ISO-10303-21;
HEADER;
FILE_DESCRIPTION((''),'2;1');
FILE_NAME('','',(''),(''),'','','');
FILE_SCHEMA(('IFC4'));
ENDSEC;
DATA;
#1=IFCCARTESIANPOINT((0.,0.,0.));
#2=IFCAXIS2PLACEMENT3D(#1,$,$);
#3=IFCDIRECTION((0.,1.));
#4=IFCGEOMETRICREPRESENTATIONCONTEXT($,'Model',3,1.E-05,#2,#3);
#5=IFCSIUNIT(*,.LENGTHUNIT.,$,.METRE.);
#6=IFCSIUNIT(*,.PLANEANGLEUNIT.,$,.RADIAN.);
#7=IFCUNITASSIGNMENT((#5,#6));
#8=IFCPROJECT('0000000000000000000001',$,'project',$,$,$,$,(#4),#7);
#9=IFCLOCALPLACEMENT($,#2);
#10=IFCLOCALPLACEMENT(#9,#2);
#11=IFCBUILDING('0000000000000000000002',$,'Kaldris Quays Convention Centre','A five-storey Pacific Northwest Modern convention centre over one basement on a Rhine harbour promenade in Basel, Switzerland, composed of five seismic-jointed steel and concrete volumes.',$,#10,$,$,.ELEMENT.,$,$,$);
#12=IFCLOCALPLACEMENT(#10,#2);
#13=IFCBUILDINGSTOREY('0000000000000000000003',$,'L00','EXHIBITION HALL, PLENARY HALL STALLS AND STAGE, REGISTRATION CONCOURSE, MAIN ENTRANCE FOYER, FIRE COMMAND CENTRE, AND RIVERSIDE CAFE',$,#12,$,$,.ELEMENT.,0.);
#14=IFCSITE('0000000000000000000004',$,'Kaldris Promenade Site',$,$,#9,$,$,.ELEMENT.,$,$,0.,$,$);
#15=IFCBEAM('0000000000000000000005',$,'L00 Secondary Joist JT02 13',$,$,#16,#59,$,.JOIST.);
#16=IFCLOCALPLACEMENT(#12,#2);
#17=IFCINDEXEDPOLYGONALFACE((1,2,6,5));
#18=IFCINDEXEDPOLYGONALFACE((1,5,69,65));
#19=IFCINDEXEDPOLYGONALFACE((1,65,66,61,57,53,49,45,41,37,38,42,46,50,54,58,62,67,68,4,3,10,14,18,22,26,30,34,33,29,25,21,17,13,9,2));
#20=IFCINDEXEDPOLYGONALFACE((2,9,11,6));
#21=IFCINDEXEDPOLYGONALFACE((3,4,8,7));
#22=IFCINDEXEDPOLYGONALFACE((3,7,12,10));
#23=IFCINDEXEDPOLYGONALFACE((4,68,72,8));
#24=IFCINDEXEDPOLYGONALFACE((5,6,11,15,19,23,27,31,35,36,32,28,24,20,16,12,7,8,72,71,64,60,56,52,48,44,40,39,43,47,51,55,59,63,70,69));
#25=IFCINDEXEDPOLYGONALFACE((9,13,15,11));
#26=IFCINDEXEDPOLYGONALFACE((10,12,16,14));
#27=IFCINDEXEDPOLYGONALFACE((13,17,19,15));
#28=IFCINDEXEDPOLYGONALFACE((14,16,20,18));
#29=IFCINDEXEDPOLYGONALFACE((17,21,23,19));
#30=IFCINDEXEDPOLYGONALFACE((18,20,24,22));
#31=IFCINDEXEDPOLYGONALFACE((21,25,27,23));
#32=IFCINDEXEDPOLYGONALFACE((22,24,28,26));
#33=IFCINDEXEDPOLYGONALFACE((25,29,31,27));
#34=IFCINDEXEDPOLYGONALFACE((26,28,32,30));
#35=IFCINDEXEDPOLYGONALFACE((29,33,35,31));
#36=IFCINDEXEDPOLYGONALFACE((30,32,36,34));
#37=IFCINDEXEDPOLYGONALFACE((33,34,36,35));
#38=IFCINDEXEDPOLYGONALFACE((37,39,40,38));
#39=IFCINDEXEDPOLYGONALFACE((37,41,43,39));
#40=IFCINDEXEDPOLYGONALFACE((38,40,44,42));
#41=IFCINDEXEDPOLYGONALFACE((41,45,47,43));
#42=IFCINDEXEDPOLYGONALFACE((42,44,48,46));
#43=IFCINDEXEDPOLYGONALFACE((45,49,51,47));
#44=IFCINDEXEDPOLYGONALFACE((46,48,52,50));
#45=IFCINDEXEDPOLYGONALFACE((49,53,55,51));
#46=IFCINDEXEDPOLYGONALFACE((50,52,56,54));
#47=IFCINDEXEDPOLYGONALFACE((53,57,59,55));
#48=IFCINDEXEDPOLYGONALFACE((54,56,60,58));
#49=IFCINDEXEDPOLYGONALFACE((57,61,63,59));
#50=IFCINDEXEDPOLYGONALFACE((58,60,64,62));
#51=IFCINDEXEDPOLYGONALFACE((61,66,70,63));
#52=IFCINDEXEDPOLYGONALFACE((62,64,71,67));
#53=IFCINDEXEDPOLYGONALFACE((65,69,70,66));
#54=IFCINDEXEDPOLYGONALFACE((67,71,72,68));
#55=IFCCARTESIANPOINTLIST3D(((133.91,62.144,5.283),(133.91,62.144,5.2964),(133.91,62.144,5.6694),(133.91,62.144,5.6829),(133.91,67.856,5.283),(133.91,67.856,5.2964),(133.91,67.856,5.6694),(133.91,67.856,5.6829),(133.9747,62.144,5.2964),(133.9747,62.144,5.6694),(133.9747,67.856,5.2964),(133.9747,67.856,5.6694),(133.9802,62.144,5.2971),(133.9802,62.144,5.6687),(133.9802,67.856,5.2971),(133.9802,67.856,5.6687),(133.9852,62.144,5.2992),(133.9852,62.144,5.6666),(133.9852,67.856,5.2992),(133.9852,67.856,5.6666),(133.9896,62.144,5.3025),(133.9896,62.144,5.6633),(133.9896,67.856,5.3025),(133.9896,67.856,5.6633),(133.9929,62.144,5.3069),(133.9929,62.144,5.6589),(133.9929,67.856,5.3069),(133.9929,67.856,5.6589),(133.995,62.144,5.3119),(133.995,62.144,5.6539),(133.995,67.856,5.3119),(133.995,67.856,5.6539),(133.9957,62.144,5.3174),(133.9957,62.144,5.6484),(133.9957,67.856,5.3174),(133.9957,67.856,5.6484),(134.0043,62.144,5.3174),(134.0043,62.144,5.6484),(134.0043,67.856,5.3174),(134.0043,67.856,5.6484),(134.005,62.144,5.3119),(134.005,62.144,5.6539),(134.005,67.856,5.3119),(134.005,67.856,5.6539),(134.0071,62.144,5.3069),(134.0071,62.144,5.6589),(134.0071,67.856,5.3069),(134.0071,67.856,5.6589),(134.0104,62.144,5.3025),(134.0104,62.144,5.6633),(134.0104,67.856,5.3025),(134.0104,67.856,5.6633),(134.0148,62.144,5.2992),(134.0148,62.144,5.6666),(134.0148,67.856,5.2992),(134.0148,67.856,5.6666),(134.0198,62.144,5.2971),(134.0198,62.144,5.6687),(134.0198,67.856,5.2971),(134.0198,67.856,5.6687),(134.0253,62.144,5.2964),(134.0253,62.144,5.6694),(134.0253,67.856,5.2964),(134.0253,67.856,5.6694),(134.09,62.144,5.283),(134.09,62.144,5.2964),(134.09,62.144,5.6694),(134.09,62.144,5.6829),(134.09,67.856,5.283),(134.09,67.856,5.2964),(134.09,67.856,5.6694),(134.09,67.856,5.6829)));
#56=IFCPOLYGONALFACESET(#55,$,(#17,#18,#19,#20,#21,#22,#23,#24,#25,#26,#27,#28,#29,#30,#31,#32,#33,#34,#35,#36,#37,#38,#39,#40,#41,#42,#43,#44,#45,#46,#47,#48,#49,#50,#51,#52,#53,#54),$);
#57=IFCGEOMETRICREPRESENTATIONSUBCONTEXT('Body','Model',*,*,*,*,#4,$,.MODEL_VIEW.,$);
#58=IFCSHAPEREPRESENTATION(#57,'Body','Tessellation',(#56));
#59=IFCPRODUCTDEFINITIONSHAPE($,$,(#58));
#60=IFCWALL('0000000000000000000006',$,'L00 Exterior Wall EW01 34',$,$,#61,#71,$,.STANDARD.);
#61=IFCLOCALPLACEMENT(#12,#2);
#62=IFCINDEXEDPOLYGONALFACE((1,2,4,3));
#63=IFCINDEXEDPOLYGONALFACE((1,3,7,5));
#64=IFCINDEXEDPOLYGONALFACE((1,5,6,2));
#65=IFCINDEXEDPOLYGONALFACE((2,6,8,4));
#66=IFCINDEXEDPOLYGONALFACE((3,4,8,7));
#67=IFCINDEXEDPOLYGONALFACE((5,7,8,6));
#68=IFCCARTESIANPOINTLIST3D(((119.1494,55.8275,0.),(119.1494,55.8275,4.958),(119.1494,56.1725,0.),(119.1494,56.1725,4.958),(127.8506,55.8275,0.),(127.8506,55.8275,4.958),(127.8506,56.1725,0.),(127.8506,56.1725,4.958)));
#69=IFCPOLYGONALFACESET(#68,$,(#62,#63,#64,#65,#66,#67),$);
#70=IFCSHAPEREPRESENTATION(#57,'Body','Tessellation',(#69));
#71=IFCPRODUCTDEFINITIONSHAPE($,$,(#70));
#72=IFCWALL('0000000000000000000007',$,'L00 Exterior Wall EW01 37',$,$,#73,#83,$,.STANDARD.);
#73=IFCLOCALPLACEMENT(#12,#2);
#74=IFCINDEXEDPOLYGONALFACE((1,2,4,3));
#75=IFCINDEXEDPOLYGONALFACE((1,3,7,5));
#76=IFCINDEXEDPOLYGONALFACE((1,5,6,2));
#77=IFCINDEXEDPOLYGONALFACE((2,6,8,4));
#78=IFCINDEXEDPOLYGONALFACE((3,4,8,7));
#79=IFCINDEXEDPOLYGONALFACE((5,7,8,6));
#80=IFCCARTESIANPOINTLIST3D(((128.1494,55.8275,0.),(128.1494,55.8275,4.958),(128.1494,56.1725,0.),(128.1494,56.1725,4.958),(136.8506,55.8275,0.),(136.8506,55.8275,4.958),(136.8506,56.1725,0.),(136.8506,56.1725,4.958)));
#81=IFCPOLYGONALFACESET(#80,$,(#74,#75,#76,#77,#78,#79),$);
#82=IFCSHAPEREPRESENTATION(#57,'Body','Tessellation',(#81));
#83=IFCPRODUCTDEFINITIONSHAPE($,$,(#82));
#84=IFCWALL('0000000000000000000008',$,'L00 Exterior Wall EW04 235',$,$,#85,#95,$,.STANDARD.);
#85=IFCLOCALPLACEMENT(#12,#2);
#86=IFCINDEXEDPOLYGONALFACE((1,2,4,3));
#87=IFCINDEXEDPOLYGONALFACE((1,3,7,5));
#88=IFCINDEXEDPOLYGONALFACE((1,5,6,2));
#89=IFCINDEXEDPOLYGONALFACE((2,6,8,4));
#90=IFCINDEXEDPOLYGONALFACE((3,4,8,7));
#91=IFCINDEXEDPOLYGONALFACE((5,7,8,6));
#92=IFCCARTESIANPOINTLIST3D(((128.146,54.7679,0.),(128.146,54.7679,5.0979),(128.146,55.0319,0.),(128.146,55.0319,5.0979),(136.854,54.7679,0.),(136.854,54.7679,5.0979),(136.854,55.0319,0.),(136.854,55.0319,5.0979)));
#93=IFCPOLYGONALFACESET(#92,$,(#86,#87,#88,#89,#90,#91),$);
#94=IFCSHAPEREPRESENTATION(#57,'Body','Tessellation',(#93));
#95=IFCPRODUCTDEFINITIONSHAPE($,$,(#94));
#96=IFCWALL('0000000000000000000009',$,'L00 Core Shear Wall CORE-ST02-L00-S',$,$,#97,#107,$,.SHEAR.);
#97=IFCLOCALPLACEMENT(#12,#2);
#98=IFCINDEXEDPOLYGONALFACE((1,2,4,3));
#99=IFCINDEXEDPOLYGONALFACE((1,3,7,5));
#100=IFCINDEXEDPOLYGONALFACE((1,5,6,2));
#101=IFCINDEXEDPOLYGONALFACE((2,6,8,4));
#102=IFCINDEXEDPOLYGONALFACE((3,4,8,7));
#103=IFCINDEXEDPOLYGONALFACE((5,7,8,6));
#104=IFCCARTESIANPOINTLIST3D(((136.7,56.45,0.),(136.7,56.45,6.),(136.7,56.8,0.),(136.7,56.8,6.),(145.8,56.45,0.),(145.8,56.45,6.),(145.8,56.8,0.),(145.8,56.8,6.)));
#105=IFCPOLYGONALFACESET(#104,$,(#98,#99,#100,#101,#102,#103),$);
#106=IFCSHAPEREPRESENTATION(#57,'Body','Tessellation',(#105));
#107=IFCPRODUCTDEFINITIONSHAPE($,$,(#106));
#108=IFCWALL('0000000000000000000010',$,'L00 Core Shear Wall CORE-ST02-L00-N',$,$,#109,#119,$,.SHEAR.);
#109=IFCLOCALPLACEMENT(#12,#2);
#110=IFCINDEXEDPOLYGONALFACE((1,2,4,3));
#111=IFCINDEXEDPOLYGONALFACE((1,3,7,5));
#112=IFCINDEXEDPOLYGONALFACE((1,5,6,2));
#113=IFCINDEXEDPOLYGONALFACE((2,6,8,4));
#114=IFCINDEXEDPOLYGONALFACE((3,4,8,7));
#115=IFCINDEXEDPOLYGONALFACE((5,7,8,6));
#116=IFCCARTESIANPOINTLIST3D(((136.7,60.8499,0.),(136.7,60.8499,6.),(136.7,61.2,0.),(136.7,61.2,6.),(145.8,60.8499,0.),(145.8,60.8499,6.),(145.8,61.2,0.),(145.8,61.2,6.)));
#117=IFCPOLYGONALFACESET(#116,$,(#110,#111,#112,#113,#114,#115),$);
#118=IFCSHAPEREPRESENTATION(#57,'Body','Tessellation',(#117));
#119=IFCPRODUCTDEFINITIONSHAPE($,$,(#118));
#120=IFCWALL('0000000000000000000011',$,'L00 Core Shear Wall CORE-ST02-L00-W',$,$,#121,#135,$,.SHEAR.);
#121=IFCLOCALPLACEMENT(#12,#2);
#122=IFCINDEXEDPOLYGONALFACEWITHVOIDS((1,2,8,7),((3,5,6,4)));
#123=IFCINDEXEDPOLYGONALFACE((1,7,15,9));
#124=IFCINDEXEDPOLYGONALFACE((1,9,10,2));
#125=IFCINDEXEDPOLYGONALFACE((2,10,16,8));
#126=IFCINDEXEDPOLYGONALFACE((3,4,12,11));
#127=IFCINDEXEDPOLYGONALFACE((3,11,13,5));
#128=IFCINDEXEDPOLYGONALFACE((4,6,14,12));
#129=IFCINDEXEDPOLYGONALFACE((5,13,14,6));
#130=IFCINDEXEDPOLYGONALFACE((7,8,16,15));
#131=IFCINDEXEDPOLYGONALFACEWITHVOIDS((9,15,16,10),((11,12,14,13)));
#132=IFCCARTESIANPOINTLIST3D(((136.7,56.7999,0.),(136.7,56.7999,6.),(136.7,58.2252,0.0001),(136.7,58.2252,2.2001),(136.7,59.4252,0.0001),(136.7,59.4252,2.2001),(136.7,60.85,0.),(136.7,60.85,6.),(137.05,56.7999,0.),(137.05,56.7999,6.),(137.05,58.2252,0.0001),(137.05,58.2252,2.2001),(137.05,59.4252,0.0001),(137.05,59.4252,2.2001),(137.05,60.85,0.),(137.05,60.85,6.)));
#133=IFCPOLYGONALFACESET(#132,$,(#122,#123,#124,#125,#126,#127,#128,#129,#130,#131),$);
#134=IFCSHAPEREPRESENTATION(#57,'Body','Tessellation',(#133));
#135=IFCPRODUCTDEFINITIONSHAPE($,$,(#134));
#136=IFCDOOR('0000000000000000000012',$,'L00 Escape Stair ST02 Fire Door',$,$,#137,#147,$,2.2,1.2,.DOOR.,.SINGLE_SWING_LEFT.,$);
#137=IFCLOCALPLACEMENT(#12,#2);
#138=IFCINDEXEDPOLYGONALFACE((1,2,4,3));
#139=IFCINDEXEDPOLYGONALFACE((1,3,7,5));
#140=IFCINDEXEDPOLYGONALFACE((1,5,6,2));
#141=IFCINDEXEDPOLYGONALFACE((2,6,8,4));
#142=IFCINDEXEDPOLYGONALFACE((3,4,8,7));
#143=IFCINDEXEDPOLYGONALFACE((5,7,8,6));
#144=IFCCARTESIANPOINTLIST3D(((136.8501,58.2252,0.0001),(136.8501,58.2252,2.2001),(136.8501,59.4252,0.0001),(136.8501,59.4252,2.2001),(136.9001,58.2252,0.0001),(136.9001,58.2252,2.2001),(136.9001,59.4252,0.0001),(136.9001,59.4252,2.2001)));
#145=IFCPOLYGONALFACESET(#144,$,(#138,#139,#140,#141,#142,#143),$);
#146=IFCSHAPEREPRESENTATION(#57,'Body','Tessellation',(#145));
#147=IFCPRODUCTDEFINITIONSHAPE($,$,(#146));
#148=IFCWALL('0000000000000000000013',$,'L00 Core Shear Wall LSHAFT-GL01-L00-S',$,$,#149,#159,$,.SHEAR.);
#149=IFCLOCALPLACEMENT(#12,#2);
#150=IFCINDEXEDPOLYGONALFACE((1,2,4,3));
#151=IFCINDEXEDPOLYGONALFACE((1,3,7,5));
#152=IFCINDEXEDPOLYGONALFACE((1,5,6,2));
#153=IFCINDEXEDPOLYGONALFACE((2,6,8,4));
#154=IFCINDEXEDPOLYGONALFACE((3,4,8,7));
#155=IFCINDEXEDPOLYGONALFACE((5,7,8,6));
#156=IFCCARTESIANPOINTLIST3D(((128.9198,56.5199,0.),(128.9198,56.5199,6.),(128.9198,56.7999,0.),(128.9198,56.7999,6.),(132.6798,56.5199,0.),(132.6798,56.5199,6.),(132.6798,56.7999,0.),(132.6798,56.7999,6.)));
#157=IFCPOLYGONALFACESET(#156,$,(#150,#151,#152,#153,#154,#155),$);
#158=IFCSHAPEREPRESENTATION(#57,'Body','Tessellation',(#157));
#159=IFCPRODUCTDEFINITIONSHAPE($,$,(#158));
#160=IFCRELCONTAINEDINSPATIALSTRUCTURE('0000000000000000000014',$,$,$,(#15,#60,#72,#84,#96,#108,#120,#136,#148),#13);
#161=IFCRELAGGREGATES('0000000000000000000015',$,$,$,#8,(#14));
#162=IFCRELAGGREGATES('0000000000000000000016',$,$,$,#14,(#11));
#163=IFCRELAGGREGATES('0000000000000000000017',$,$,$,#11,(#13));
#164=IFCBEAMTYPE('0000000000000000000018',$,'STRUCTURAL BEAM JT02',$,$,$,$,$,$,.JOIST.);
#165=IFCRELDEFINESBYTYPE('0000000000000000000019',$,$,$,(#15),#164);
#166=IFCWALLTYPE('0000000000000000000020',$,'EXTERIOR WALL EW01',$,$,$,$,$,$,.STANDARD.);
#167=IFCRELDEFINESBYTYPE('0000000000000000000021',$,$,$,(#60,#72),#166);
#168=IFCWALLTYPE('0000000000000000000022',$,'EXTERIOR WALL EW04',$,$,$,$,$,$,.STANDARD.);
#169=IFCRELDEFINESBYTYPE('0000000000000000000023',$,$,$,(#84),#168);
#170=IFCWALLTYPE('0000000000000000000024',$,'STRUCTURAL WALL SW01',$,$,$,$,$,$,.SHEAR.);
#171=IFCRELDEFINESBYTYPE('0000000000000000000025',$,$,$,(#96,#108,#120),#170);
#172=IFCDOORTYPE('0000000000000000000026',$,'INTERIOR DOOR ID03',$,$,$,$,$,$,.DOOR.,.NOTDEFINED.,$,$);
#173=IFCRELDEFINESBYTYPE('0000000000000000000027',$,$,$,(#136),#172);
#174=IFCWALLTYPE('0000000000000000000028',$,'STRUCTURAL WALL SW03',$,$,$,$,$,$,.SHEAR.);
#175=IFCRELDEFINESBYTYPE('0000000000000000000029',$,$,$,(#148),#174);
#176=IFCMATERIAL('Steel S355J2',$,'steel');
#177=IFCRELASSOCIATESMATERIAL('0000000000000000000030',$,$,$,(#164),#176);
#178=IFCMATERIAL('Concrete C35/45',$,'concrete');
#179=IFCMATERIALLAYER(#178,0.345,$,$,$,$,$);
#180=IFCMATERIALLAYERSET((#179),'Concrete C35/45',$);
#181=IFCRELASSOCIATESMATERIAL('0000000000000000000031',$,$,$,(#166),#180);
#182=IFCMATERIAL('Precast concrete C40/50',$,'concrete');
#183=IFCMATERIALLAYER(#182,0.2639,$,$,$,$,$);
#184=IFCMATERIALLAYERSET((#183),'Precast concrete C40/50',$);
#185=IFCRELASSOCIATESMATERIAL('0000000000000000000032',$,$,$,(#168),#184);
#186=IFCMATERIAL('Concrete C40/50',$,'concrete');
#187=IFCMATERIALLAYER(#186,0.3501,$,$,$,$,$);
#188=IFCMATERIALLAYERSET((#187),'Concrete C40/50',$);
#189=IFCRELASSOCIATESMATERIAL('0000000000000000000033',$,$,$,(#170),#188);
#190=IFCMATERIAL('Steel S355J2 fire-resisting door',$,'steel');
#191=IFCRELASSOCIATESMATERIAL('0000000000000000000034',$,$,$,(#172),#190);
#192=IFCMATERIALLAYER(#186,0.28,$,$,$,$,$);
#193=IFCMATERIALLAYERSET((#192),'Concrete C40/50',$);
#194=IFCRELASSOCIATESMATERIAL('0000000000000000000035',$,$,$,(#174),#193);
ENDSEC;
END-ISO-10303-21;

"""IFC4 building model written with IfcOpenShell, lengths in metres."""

from ifc_helpers import new_model, si_unit, direction, frame, frame_2d, origin, origin_2d, place, context, subcontext, project, spatial, rectangle, i_section, extrude, material, layer, layer_set, material_profile, profile_set, type_object, element, fill, save


model = new_model("IFC4")

# Units and contexts
model_context = context("Model", 3, precision=1e-05, world=origin(), true_north=direction((0.0, 1.0)))
body_context = subcontext(model_context, "Body", "Model", "MODEL_VIEW")
ifc_project = project(units=[si_unit("LENGTHUNIT", "METRE"), si_unit("PLANEANGLEUNIT", "RADIAN")], contexts=[model_context])

# Site, building, storey
site_placement = place(None, origin())
site = spatial("IfcSite", under=ifc_project, at=site_placement, Name="Kaldris Promenade Site", CompositionType="ELEMENT", RefElevation=0.0)
building_placement = place(site_placement, origin())
building = spatial("IfcBuilding", under=site, at=building_placement, Name="Kaldris Quays Convention Centre", Description="A five-storey Pacific Northwest Modern convention centre over one basement on a Rhine harbour promenade in Basel, Switzerland, composed of five seismic-jointed steel and concrete volumes.", CompositionType="ELEMENT")
storey_placement = place(building_placement, origin())
storey = spatial("IfcBuildingStorey", under=building, at=storey_placement, Name="L00", Description="EXHIBITION HALL, PLENARY HALL STALLS AND STAGE, REGISTRATION CONCOURSE, MAIN ENTRANCE FOYER, FIRE COMMAND CENTRE, AND RIVERSIDE CAFE", CompositionType="ELEMENT", Elevation=0.0)

# Shared definitions
ifc_material_1 = material(Name="Steel S355J2", Category="steel")

# Beam
ifc_material_profile_1 = material_profile(ifc_material_1, i_section(OverallWidth=0.1799, OverallDepth=0.3999, WebThickness=0.0085, FlangeThickness=0.0134, FilletRadius=0.021, at=origin_2d()), Name="IPE 400")
ifc_profile_set_1 = profile_set([ifc_material_profile_1], Name="Steel S355J2")
beam_type_1 = type_object("IfcBeamType", Name="STRUCTURAL BEAM JT02", PredefinedType="JOIST", material=ifc_profile_set_1)
for number, where, z_axis, x_axis, name in (
    (1, (134.0, 62.144, 5.4829), (0.0, 1.0, 0.0), (-1.0, 0.0, 0.0), "L00 Secondary Joist JT02 13"),
):
    element("IfcBeam", number, at=place(storey_placement, frame(where, z_axis=z_axis, x_axis=x_axis)), inside=storey, type_object=beam_type_1, Name=name, PredefinedType="JOIST", context=body_context, shape_type="SweptSolid", body=[
        extrude(i_section(OverallWidth=0.1799, OverallDepth=0.3999, WebThickness=0.0085, FlangeThickness=0.0134, FilletRadius=0.021, at=origin_2d()), origin(), (0.0, 0.0, 1.0), 5.7119),
    ])

# Walls
ifc_material_2 = material(Name="Concrete C35/45", Category="concrete")
ifc_layer_1 = layer(ifc_material_2, 0.345)
ifc_layer_set_1 = layer_set([ifc_layer_1], Name="Concrete C35/45")
wall_type_1 = type_object("IfcWallType", Name="EXTERIOR WALL EW01", PredefinedType="STANDARD", material=ifc_layer_set_1)
for number, where, z_axis, x_axis, name in (
    (2, (119.1494, 56.0, 0.0), (0.0, 0.0, 1.0), (1.0, 0.0, 0.0), "L00 Exterior Wall EW01 34"),
    (3, (128.1494, 56.0, 0.0), (0.0, 0.0, 1.0), (1.0, 0.0, 0.0), "L00 Exterior Wall EW01 37"),
):
    element("IfcWall", number, at=place(storey_placement, frame(where, z_axis=z_axis, x_axis=x_axis)), inside=storey, type_object=wall_type_1, Name=name, PredefinedType="STANDARD", context=body_context, shape_type="SweptSolid", body=[
        extrude(rectangle(XDim=8.7012, YDim=0.345, at=frame_2d((4.3506, 0.0))), origin(), (0.0, 0.0, 1.0), 4.958),
    ])
ifc_material_3 = material(Name="Precast concrete C40/50", Category="concrete")
ifc_layer_2 = layer(ifc_material_3, 0.2639)
ifc_layer_set_2 = layer_set([ifc_layer_2], Name="Precast concrete C40/50")
wall_type_2 = type_object("IfcWallType", Name="EXTERIOR WALL EW04", PredefinedType="STANDARD", material=ifc_layer_set_2)
wall_1_placement = place(storey_placement, frame((128.146, 54.8999, 0.0), z_axis=(0.0, 0.0, 1.0), x_axis=(1.0, 0.0, 0.0)))
element("IfcWall", 4, at=wall_1_placement, inside=storey, type_object=wall_type_2, Name="L00 Exterior Wall EW04 235", PredefinedType="STANDARD", context=body_context, shape_type="SweptSolid", body=[
    extrude(rectangle(XDim=8.708, YDim=0.2639, at=frame_2d((4.354, 0.0))), origin(), (0.0, 0.0, 1.0), 5.0979),
])
ifc_material_4 = material(Name="Concrete C40/50", Category="concrete")
ifc_layer_3 = layer(ifc_material_4, 0.3501)
ifc_layer_set_3 = layer_set([ifc_layer_3], Name="Concrete C40/50")
wall_type_3 = type_object("IfcWallType", Name="STRUCTURAL WALL SW01", PredefinedType="SHEAR", material=ifc_layer_set_3)
for number, where, z_axis, x_axis, name in (
    (5, (136.7, 56.625, 0.0), (0.0, 0.0, 1.0), (1.0, 0.0, 0.0), "L00 Core Shear Wall CORE-ST02-L00-S"),
    (6, (136.7, 61.0249, 0.0), (0.0, 0.0, 1.0), (1.0, 0.0, 0.0), "L00 Core Shear Wall CORE-ST02-L00-N"),
):
    element("IfcWall", number, at=place(storey_placement, frame(where, z_axis=z_axis, x_axis=x_axis)), inside=storey, type_object=wall_type_3, Name=name, PredefinedType="SHEAR", context=body_context, shape_type="SweptSolid", body=[
        extrude(rectangle(XDim=9.1001, YDim=0.3501, at=frame_2d((4.55, 0.0))), origin(), (0.0, 0.0, 1.0), 6.0),
    ])

# Wall, opening, door
wall_2_placement = place(storey_placement, frame((136.875, 56.8, 0.0), z_axis=(0.0, 0.0, 1.0), x_axis=(0.0, 1.0, 0.0)))
wall_2 = element("IfcWall", 7, at=wall_2_placement, inside=storey, type_object=wall_type_3, Name="L00 Core Shear Wall CORE-ST02-L00-W", PredefinedType="SHEAR", context=body_context, shape_type="SweptSolid", body=[
    extrude(rectangle(XDim=4.05, YDim=0.3501, at=frame_2d((2.0249, 0.0))), origin(), (0.0, 0.0, 1.0), 6.0),
])
opening_1_placement = place(wall_2_placement, frame((1.425, 0.0, 0.0)))
opening_1 = element("IfcOpeningElement", 8, at=opening_1_placement, cuts=wall_2, PredefinedType="OPENING", context=body_context, shape_type="SweptSolid", body=[
    extrude(rectangle(XDim=1.2, YDim=2.2, at=frame_2d((0.6001, 1.1001))), frame((0.0, 0.1851, 0.0), z_axis=(0.0, -1.0, 0.0), x_axis=(1.0, 0.0, 0.0)), (0.0, 0.0, 1.0), 0.3701),
])
ifc_material_5 = material(Name="Steel S355J2 fire-resisting door", Category="steel")
door_type_1 = type_object("IfcDoorType", Name="INTERIOR DOOR ID03", OperationType="NOTDEFINED", PredefinedType="DOOR", material=ifc_material_5)
door_1_placement = place(opening_1_placement, origin())
door_1 = element("IfcDoor", 9, at=door_1_placement, inside=storey, type_object=door_type_1, Name="L00 Escape Stair ST02 Fire Door", OperationType="SINGLE_SWING_LEFT", OverallHeight=2.2, OverallWidth=1.2, PredefinedType="DOOR", context=body_context, shape_type="SweptSolid", body=[
    extrude(rectangle(XDim=1.2, YDim=2.2, at=frame_2d((0.6001, 1.1001))), frame((0.0, 0.0249, 0.0), z_axis=(0.0, -1.0, 0.0), x_axis=(1.0, 0.0, 0.0)), (0.0, 0.0, 1.0), 0.05),
])
fill(opening_1, door_1)

# Wall
ifc_layer_4 = layer(ifc_material_4, 0.28)
ifc_layer_set_4 = layer_set([ifc_layer_4], Name="Concrete C40/50")
wall_type_4 = type_object("IfcWallType", Name="STRUCTURAL WALL SW03", PredefinedType="SHEAR", material=ifc_layer_set_4)
wall_3_placement = place(storey_placement, frame((128.9199, 56.6599, 0.0), z_axis=(0.0, 0.0, 1.0), x_axis=(1.0, 0.0, 0.0)))
element("IfcWall", 10, at=wall_3_placement, inside=storey, type_object=wall_type_4, Name="L00 Core Shear Wall LSHAFT-GL01-L00-S", PredefinedType="SHEAR", context=body_context, shape_type="SweptSolid", body=[
    extrude(rectangle(XDim=3.76, YDim=0.28, at=frame_2d((1.8799, 0.0))), origin(), (0.0, 0.0, 1.0), 6.0),
])

save(model, "model.ifc")
